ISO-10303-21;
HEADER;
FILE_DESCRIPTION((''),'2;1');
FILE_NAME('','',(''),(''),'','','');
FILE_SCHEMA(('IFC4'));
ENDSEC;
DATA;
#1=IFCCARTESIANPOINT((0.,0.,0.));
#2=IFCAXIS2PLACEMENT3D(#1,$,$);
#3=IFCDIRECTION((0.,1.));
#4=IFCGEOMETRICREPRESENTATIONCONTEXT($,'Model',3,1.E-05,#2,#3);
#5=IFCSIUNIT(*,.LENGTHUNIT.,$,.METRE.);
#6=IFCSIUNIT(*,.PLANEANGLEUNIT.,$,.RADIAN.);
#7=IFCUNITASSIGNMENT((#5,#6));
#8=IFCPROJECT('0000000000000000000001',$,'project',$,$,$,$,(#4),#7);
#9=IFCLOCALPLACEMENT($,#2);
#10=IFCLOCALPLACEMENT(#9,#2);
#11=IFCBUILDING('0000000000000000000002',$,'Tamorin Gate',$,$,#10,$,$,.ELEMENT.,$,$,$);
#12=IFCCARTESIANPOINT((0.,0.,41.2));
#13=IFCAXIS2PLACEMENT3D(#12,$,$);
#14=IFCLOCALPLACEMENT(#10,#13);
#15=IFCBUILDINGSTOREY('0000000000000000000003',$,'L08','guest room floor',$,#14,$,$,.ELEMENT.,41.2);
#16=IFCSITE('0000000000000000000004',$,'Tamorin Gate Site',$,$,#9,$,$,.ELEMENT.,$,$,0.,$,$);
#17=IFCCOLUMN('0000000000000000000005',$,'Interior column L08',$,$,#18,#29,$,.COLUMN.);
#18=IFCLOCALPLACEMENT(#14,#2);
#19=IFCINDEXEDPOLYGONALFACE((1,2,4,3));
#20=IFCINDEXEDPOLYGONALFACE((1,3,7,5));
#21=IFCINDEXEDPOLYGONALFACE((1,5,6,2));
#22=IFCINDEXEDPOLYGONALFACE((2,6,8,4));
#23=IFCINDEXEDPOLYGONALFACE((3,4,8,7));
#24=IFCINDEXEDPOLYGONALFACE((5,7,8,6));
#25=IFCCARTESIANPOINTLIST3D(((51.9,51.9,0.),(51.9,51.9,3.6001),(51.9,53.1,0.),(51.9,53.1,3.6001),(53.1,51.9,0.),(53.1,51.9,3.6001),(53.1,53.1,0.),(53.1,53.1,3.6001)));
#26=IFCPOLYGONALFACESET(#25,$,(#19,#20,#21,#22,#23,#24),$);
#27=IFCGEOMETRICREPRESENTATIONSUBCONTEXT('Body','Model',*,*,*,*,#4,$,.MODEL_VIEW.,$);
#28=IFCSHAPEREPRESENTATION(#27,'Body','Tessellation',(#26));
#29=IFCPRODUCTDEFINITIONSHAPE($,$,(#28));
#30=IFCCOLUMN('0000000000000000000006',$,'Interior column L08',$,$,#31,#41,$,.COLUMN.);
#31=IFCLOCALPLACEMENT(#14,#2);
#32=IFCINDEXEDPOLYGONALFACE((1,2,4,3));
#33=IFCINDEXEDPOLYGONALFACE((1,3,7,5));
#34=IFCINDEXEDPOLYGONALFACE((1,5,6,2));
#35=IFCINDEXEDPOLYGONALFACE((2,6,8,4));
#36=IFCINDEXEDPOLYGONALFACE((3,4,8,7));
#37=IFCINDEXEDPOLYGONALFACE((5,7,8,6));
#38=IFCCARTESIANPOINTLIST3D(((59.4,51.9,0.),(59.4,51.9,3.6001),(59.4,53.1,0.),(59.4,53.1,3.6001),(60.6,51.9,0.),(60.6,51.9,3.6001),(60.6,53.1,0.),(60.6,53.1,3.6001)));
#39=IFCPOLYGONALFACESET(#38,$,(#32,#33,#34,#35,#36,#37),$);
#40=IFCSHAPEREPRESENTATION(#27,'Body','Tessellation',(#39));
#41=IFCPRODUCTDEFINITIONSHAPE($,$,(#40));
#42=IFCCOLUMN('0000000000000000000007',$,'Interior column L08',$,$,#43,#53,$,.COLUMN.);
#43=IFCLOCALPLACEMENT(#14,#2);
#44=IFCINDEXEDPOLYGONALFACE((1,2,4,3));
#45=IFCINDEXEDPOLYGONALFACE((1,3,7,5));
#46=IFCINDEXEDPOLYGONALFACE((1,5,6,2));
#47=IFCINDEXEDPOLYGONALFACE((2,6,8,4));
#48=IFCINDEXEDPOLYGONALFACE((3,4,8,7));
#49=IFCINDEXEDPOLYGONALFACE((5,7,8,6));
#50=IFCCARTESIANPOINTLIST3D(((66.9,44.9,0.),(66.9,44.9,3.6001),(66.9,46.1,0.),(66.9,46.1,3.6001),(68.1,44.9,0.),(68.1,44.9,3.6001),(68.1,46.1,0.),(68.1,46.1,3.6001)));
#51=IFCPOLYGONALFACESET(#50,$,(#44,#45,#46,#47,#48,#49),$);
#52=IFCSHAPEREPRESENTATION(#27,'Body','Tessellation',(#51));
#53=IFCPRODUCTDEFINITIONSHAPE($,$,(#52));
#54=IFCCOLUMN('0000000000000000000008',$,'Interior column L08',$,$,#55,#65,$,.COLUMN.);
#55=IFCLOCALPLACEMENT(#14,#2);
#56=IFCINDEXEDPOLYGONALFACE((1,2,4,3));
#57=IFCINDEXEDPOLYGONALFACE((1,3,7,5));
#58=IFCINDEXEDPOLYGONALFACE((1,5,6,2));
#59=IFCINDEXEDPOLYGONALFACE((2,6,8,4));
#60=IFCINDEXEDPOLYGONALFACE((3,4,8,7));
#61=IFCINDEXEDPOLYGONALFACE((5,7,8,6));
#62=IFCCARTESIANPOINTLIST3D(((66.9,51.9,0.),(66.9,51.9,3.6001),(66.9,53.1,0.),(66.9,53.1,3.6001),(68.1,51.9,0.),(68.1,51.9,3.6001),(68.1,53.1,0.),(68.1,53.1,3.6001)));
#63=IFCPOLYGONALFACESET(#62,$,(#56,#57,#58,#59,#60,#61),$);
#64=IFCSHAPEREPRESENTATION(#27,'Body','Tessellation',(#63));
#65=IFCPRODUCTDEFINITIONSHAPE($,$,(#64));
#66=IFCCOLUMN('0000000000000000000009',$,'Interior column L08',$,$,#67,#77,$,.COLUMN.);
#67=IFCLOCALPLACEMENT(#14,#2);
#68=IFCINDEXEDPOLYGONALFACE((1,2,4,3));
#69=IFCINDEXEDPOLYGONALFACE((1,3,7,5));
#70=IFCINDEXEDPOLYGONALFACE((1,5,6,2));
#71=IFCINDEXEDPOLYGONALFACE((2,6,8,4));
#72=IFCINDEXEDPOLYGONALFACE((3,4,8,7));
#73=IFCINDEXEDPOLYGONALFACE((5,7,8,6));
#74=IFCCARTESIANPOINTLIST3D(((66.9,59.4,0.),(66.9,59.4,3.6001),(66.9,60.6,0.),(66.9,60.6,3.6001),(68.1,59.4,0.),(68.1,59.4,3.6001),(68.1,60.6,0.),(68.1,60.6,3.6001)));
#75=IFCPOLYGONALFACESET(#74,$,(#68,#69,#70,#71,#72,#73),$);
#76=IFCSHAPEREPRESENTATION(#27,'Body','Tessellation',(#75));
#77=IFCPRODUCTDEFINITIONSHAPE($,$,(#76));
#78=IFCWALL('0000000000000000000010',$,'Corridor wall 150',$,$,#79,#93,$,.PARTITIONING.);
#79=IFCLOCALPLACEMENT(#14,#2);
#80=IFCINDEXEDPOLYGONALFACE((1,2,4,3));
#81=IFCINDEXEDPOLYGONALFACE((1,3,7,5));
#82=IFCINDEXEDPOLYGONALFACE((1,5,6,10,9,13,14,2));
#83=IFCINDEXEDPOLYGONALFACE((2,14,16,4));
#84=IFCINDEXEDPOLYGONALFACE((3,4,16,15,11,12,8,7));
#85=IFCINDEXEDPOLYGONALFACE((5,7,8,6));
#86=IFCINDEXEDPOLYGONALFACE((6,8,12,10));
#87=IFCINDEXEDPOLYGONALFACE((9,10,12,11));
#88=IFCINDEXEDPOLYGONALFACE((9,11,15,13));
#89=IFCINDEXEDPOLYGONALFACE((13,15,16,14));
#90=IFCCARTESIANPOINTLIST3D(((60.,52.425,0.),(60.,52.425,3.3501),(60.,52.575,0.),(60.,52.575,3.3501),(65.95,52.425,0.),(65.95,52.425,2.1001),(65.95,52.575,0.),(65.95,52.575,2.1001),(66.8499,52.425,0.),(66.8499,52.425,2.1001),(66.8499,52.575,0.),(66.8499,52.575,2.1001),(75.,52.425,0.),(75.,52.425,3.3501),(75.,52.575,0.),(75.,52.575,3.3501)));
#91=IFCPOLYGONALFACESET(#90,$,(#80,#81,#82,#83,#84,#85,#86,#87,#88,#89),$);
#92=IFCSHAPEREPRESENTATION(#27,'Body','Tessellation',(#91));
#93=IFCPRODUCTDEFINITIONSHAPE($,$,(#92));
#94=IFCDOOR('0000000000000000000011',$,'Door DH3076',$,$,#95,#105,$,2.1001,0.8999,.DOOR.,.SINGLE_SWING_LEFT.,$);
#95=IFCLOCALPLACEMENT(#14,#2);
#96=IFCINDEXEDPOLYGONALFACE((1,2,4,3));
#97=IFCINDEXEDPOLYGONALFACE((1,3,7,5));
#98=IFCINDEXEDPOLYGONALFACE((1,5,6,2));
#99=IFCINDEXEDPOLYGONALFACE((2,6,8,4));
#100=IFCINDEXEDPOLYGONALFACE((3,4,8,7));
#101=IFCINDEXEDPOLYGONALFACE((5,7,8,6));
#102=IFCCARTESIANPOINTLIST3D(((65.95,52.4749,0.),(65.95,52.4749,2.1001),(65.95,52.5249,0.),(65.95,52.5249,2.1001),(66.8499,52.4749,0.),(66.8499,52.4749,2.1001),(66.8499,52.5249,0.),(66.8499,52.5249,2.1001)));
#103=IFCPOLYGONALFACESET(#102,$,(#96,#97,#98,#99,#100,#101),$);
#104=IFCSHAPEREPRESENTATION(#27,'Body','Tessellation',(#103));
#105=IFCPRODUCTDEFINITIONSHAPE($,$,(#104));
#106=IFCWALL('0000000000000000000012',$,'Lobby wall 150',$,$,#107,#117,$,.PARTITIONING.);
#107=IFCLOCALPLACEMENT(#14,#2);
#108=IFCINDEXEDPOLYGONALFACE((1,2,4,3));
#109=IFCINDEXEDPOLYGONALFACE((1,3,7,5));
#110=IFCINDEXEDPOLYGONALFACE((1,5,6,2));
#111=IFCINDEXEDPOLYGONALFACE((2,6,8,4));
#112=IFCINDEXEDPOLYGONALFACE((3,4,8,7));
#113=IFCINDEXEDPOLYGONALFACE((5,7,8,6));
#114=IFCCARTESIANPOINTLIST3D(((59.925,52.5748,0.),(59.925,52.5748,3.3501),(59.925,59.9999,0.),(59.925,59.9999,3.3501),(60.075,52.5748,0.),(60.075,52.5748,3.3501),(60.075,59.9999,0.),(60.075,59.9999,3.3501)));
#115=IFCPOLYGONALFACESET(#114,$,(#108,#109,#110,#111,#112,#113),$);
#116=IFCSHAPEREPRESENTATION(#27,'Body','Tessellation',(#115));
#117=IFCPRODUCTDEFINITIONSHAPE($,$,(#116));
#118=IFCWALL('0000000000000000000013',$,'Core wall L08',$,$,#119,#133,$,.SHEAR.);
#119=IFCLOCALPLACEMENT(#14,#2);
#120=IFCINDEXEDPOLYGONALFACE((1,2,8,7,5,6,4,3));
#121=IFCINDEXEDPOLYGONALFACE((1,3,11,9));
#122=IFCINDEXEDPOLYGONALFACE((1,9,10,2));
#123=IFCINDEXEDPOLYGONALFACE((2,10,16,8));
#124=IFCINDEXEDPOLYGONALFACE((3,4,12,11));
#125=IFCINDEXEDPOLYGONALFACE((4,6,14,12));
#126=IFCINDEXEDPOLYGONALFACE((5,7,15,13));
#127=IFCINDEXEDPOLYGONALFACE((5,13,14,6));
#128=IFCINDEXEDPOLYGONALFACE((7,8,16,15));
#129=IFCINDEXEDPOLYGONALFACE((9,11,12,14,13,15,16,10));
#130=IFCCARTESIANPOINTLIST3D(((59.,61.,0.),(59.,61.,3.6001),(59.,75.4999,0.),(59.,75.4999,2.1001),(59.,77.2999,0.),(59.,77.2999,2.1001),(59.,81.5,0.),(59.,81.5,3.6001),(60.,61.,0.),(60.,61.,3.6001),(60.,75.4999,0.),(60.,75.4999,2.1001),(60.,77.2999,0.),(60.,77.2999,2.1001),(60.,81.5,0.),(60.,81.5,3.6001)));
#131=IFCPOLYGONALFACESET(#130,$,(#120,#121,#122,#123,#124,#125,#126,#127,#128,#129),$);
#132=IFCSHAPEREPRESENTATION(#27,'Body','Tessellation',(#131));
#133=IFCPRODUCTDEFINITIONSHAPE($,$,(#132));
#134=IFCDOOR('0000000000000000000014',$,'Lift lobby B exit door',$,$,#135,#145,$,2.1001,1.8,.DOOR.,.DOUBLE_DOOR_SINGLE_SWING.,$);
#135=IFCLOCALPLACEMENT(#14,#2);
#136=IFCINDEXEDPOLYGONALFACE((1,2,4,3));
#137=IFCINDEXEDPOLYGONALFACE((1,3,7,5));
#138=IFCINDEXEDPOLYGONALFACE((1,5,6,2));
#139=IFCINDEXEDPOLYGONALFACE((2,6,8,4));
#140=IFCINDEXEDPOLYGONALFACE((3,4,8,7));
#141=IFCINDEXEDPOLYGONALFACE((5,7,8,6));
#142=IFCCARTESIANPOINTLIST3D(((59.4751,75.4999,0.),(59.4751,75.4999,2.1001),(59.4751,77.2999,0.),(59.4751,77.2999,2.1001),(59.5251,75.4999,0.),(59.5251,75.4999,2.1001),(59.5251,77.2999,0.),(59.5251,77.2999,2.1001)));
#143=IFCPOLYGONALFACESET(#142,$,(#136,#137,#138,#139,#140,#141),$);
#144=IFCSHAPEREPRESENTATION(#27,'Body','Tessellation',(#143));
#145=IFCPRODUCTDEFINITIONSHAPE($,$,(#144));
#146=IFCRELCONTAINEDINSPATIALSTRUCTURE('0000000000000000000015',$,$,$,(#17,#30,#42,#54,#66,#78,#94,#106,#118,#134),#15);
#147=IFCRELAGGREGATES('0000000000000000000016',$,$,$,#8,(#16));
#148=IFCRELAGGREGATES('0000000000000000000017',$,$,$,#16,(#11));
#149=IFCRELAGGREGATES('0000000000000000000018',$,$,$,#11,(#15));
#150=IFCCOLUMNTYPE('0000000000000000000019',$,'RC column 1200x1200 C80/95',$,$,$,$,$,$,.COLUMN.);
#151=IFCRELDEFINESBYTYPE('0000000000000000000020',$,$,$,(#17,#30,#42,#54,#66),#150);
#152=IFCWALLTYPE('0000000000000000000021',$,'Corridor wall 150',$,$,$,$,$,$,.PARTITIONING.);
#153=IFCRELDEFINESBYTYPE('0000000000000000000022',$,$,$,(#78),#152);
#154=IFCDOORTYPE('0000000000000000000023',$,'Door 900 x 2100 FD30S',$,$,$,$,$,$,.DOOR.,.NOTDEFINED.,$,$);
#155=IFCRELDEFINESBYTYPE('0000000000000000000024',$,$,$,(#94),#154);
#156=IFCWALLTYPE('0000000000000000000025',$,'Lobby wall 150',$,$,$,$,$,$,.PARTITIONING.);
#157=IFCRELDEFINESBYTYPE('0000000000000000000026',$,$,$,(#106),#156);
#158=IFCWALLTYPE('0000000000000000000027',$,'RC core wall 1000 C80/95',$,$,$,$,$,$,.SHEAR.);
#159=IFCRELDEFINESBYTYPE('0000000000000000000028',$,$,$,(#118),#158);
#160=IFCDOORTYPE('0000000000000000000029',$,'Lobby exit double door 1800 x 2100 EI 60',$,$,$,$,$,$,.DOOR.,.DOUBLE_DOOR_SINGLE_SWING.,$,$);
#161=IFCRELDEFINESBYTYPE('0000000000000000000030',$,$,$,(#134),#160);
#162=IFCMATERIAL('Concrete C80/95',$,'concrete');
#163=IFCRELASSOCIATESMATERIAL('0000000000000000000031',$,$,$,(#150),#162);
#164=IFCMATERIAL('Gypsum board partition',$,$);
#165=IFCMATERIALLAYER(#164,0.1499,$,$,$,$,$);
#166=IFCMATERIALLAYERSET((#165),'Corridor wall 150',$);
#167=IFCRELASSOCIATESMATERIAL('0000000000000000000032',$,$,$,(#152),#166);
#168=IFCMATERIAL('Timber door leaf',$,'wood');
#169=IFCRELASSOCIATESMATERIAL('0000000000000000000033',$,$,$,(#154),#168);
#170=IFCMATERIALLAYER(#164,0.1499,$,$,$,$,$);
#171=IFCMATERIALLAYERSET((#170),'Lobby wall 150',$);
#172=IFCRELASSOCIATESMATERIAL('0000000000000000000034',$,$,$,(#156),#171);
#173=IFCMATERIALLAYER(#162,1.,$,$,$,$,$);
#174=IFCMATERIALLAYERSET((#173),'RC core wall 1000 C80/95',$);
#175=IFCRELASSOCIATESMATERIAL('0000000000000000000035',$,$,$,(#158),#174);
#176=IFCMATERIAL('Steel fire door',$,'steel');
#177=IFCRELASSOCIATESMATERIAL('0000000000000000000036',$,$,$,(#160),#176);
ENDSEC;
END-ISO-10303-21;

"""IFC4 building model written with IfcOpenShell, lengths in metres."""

from ifc_helpers import new_model, si_unit, direction, frame, frame_2d, origin, origin_2d, place, context, subcontext, project, spatial, rectangle, extrude, material, layer, layer_set, material_profile, profile_set, type_object, element, fill, save


model = new_model("IFC4")

# Units and contexts
model_context = context("Model", 3, precision=1e-05, world=origin(), true_north=direction((0.0, 1.0)))
body_context = subcontext(model_context, "Body", "Model", "MODEL_VIEW")
ifc_project = project(units=[si_unit("LENGTHUNIT", "METRE"), si_unit("PLANEANGLEUNIT", "RADIAN")], contexts=[model_context])

# Site, building, storey
site_placement = place(None, origin())
site = spatial("IfcSite", under=ifc_project, at=site_placement, Name="Tamorin Gate Site", CompositionType="ELEMENT", RefElevation=0.0)
building_placement = place(site_placement, origin())
building = spatial("IfcBuilding", under=site, at=building_placement, Name="Tamorin Gate", CompositionType="ELEMENT")
storey_placement = place(building_placement, frame((0.0, 0.0, 41.2)))
storey = spatial("IfcBuildingStorey", under=building, at=storey_placement, Name="L08", Description="guest room floor", CompositionType="ELEMENT", Elevation=41.2)

# Columns
ifc_material_1 = material(Name="Concrete C80/95", Category="concrete")
ifc_material_profile = material_profile(ifc_material_1, rectangle(XDim=1.2, YDim=1.2, at=origin_2d()), Name="RC 1200x1200")
ifc_profile_set = profile_set([ifc_material_profile], Name="Concrete C80/95")
column_type = type_object("IfcColumnType", Name="RC column 1200x1200 C80/95", PredefinedType="COLUMN", material=ifc_profile_set)
for number, where, z_axis, x_axis, name in (
    (1, (52.5, 52.5, 0.0), (0.0, 0.0, 1.0), (1.0, 0.0, 0.0), "Interior column L08"),
    (2, (60.0, 52.5, 0.0), (0.0, 0.0, 1.0), (1.0, 0.0, 0.0), "Interior column L08"),
    (3, (67.5, 45.5, 0.0), (0.0, 0.0, 1.0), (1.0, 0.0, 0.0), "Interior column L08"),
    (4, (67.5, 52.5, 0.0), (0.0, 0.0, 1.0), (1.0, 0.0, 0.0), "Interior column L08"),
    (5, (67.5, 60.0, 0.0), (0.0, 0.0, 1.0), (1.0, 0.0, 0.0), "Interior column L08"),
):
    element("IfcColumn", number, at=place(storey_placement, frame(where, z_axis=z_axis, x_axis=x_axis)), inside=storey, type_object=column_type, Name=name, PredefinedType="COLUMN", context=body_context, shape_type="SweptSolid", body=[
        extrude(rectangle(XDim=1.2, YDim=1.2, at=origin_2d()), origin(), (0.0, 0.0, 1.0), 3.6001),
    ])

# Wall, opening, door
ifc_material_2 = material(Name="Gypsum board partition")
ifc_layer_1 = layer(ifc_material_2, 0.1499)
ifc_layer_set_1 = layer_set([ifc_layer_1], Name="Corridor wall 150")
wall_type_1 = type_object("IfcWallType", Name="Corridor wall 150", PredefinedType="PARTITIONING", material=ifc_layer_set_1)
wall_1_placement = place(storey_placement, frame((60.0, 52.5, 0.0), z_axis=(0.0, 0.0, 1.0), x_axis=(1.0, 0.0, 0.0)))
wall_1 = element("IfcWall", 6, at=wall_1_placement, inside=storey, type_object=wall_type_1, Name="Corridor wall 150", PredefinedType="PARTITIONING", context=body_context, shape_type="SweptSolid", body=[
    extrude(rectangle(XDim=15.0, YDim=0.1499, at=frame_2d((7.5, 0.0))), origin(), (0.0, 0.0, 1.0), 3.3501),
])
opening_1_placement = place(wall_1_placement, frame((5.95, 0.0, 0.0)))
opening_1 = element("IfcOpeningElement", 7, at=opening_1_placement, cuts=wall_1, PredefinedType="OPENING", context=body_context, shape_type="SweptSolid", body=[
    extrude(rectangle(XDim=0.8999, YDim=2.1001, at=frame_2d((0.45, 1.05))), frame((0.0, 0.085, 0.0), z_axis=(0.0, -1.0, 0.0), x_axis=(1.0, 0.0, 0.0)), (0.0, 0.0, 1.0), 0.1699),
])
ifc_material_3 = material(Name="Timber door leaf", Category="wood")
door_type_1 = type_object("IfcDoorType", Name="Door 900 x 2100 FD30S", OperationType="NOTDEFINED", PredefinedType="DOOR", material=ifc_material_3)
door_1_placement = place(opening_1_placement, origin())
door_1 = element("IfcDoor", 8, at=door_1_placement, inside=storey, type_object=door_type_1, Name="Door DH3076", OperationType="SINGLE_SWING_LEFT", OverallHeight=2.1001, OverallWidth=0.8999, PredefinedType="DOOR", context=body_context, shape_type="SweptSolid", body=[
    extrude(rectangle(XDim=0.8999, YDim=2.1001, at=frame_2d((0.45, 1.05))), frame((0.0, 0.0249, 0.0), z_axis=(0.0, -1.0, 0.0), x_axis=(1.0, 0.0, 0.0)), (0.0, 0.0, 1.0), 0.05),
])
fill(opening_1, door_1)

# Wall
ifc_layer_2 = layer(ifc_material_2, 0.1499)
ifc_layer_set_2 = layer_set([ifc_layer_2], Name="Lobby wall 150")
wall_type_2 = type_object("IfcWallType", Name="Lobby wall 150", PredefinedType="PARTITIONING", material=ifc_layer_set_2)
wall_2_placement = place(storey_placement, frame((60.0, 52.575, 0.0), z_axis=(0.0, 0.0, 1.0), x_axis=(0.0, 1.0, 0.0)))
element("IfcWall", 9, at=wall_2_placement, inside=storey, type_object=wall_type_2, Name="Lobby wall 150", PredefinedType="PARTITIONING", context=body_context, shape_type="SweptSolid", body=[
    extrude(rectangle(XDim=7.425, YDim=0.1499, at=frame_2d((3.7124, 0.0))), origin(), (0.0, 0.0, 1.0), 3.3501),
])

# Wall, opening, door
ifc_layer_3 = layer(ifc_material_1, 1.0)
ifc_layer_set_3 = layer_set([ifc_layer_3], Name="RC core wall 1000 C80/95")
wall_type_3 = type_object("IfcWallType", Name="RC core wall 1000 C80/95", PredefinedType="SHEAR", material=ifc_layer_set_3)
wall_3_placement = place(storey_placement, frame((59.5, 61.0, 0.0), z_axis=(0.0, 0.0, 1.0), x_axis=(0.0, 1.0, 0.0)))
wall_3 = element("IfcWall", 10, at=wall_3_placement, inside=storey, type_object=wall_type_3, Name="Core wall L08", PredefinedType="SHEAR", context=body_context, shape_type="SweptSolid", body=[
    extrude(rectangle(XDim=20.5, YDim=1.0, at=frame_2d((10.25, 0.0))), origin(), (0.0, 0.0, 1.0), 3.6001),
])
opening_2_placement = place(wall_3_placement, frame((14.5, 0.0, 0.0)))
opening_2 = element("IfcOpeningElement", 11, at=opening_2_placement, cuts=wall_3, PredefinedType="OPENING", context=body_context, shape_type="SweptSolid", body=[
    extrude(rectangle(XDim=1.8, YDim=2.1001, at=frame_2d((0.8999, 1.05))), frame((0.0, 0.51, 0.0), z_axis=(0.0, -1.0, 0.0), x_axis=(1.0, 0.0, 0.0)), (0.0, 0.0, 1.0), 1.02),
])
ifc_material_4 = material(Name="Steel fire door", Category="steel")
door_type_2 = type_object("IfcDoorType", Name="Lobby exit double door 1800 x 2100 EI 60", OperationType="DOUBLE_DOOR_SINGLE_SWING", PredefinedType="DOOR", material=ifc_material_4)
door_2_placement = place(opening_2_placement, origin())
door_2 = element("IfcDoor", 12, at=door_2_placement, inside=storey, type_object=door_type_2, Name="Lift lobby B exit door", OperationType="DOUBLE_DOOR_SINGLE_SWING", OverallHeight=2.1001, OverallWidth=1.8, PredefinedType="DOOR", context=body_context, shape_type="SweptSolid", body=[
    extrude(rectangle(XDim=1.8, YDim=2.1001, at=frame_2d((0.8999, 1.05))), frame((0.0, 0.0249, 0.0), z_axis=(0.0, -1.0, 0.0), x_axis=(1.0, 0.0, 0.0)), (0.0, 0.0, 1.0), 0.05),
])
fill(opening_2, door_2)

save(model, "model.ifc")
